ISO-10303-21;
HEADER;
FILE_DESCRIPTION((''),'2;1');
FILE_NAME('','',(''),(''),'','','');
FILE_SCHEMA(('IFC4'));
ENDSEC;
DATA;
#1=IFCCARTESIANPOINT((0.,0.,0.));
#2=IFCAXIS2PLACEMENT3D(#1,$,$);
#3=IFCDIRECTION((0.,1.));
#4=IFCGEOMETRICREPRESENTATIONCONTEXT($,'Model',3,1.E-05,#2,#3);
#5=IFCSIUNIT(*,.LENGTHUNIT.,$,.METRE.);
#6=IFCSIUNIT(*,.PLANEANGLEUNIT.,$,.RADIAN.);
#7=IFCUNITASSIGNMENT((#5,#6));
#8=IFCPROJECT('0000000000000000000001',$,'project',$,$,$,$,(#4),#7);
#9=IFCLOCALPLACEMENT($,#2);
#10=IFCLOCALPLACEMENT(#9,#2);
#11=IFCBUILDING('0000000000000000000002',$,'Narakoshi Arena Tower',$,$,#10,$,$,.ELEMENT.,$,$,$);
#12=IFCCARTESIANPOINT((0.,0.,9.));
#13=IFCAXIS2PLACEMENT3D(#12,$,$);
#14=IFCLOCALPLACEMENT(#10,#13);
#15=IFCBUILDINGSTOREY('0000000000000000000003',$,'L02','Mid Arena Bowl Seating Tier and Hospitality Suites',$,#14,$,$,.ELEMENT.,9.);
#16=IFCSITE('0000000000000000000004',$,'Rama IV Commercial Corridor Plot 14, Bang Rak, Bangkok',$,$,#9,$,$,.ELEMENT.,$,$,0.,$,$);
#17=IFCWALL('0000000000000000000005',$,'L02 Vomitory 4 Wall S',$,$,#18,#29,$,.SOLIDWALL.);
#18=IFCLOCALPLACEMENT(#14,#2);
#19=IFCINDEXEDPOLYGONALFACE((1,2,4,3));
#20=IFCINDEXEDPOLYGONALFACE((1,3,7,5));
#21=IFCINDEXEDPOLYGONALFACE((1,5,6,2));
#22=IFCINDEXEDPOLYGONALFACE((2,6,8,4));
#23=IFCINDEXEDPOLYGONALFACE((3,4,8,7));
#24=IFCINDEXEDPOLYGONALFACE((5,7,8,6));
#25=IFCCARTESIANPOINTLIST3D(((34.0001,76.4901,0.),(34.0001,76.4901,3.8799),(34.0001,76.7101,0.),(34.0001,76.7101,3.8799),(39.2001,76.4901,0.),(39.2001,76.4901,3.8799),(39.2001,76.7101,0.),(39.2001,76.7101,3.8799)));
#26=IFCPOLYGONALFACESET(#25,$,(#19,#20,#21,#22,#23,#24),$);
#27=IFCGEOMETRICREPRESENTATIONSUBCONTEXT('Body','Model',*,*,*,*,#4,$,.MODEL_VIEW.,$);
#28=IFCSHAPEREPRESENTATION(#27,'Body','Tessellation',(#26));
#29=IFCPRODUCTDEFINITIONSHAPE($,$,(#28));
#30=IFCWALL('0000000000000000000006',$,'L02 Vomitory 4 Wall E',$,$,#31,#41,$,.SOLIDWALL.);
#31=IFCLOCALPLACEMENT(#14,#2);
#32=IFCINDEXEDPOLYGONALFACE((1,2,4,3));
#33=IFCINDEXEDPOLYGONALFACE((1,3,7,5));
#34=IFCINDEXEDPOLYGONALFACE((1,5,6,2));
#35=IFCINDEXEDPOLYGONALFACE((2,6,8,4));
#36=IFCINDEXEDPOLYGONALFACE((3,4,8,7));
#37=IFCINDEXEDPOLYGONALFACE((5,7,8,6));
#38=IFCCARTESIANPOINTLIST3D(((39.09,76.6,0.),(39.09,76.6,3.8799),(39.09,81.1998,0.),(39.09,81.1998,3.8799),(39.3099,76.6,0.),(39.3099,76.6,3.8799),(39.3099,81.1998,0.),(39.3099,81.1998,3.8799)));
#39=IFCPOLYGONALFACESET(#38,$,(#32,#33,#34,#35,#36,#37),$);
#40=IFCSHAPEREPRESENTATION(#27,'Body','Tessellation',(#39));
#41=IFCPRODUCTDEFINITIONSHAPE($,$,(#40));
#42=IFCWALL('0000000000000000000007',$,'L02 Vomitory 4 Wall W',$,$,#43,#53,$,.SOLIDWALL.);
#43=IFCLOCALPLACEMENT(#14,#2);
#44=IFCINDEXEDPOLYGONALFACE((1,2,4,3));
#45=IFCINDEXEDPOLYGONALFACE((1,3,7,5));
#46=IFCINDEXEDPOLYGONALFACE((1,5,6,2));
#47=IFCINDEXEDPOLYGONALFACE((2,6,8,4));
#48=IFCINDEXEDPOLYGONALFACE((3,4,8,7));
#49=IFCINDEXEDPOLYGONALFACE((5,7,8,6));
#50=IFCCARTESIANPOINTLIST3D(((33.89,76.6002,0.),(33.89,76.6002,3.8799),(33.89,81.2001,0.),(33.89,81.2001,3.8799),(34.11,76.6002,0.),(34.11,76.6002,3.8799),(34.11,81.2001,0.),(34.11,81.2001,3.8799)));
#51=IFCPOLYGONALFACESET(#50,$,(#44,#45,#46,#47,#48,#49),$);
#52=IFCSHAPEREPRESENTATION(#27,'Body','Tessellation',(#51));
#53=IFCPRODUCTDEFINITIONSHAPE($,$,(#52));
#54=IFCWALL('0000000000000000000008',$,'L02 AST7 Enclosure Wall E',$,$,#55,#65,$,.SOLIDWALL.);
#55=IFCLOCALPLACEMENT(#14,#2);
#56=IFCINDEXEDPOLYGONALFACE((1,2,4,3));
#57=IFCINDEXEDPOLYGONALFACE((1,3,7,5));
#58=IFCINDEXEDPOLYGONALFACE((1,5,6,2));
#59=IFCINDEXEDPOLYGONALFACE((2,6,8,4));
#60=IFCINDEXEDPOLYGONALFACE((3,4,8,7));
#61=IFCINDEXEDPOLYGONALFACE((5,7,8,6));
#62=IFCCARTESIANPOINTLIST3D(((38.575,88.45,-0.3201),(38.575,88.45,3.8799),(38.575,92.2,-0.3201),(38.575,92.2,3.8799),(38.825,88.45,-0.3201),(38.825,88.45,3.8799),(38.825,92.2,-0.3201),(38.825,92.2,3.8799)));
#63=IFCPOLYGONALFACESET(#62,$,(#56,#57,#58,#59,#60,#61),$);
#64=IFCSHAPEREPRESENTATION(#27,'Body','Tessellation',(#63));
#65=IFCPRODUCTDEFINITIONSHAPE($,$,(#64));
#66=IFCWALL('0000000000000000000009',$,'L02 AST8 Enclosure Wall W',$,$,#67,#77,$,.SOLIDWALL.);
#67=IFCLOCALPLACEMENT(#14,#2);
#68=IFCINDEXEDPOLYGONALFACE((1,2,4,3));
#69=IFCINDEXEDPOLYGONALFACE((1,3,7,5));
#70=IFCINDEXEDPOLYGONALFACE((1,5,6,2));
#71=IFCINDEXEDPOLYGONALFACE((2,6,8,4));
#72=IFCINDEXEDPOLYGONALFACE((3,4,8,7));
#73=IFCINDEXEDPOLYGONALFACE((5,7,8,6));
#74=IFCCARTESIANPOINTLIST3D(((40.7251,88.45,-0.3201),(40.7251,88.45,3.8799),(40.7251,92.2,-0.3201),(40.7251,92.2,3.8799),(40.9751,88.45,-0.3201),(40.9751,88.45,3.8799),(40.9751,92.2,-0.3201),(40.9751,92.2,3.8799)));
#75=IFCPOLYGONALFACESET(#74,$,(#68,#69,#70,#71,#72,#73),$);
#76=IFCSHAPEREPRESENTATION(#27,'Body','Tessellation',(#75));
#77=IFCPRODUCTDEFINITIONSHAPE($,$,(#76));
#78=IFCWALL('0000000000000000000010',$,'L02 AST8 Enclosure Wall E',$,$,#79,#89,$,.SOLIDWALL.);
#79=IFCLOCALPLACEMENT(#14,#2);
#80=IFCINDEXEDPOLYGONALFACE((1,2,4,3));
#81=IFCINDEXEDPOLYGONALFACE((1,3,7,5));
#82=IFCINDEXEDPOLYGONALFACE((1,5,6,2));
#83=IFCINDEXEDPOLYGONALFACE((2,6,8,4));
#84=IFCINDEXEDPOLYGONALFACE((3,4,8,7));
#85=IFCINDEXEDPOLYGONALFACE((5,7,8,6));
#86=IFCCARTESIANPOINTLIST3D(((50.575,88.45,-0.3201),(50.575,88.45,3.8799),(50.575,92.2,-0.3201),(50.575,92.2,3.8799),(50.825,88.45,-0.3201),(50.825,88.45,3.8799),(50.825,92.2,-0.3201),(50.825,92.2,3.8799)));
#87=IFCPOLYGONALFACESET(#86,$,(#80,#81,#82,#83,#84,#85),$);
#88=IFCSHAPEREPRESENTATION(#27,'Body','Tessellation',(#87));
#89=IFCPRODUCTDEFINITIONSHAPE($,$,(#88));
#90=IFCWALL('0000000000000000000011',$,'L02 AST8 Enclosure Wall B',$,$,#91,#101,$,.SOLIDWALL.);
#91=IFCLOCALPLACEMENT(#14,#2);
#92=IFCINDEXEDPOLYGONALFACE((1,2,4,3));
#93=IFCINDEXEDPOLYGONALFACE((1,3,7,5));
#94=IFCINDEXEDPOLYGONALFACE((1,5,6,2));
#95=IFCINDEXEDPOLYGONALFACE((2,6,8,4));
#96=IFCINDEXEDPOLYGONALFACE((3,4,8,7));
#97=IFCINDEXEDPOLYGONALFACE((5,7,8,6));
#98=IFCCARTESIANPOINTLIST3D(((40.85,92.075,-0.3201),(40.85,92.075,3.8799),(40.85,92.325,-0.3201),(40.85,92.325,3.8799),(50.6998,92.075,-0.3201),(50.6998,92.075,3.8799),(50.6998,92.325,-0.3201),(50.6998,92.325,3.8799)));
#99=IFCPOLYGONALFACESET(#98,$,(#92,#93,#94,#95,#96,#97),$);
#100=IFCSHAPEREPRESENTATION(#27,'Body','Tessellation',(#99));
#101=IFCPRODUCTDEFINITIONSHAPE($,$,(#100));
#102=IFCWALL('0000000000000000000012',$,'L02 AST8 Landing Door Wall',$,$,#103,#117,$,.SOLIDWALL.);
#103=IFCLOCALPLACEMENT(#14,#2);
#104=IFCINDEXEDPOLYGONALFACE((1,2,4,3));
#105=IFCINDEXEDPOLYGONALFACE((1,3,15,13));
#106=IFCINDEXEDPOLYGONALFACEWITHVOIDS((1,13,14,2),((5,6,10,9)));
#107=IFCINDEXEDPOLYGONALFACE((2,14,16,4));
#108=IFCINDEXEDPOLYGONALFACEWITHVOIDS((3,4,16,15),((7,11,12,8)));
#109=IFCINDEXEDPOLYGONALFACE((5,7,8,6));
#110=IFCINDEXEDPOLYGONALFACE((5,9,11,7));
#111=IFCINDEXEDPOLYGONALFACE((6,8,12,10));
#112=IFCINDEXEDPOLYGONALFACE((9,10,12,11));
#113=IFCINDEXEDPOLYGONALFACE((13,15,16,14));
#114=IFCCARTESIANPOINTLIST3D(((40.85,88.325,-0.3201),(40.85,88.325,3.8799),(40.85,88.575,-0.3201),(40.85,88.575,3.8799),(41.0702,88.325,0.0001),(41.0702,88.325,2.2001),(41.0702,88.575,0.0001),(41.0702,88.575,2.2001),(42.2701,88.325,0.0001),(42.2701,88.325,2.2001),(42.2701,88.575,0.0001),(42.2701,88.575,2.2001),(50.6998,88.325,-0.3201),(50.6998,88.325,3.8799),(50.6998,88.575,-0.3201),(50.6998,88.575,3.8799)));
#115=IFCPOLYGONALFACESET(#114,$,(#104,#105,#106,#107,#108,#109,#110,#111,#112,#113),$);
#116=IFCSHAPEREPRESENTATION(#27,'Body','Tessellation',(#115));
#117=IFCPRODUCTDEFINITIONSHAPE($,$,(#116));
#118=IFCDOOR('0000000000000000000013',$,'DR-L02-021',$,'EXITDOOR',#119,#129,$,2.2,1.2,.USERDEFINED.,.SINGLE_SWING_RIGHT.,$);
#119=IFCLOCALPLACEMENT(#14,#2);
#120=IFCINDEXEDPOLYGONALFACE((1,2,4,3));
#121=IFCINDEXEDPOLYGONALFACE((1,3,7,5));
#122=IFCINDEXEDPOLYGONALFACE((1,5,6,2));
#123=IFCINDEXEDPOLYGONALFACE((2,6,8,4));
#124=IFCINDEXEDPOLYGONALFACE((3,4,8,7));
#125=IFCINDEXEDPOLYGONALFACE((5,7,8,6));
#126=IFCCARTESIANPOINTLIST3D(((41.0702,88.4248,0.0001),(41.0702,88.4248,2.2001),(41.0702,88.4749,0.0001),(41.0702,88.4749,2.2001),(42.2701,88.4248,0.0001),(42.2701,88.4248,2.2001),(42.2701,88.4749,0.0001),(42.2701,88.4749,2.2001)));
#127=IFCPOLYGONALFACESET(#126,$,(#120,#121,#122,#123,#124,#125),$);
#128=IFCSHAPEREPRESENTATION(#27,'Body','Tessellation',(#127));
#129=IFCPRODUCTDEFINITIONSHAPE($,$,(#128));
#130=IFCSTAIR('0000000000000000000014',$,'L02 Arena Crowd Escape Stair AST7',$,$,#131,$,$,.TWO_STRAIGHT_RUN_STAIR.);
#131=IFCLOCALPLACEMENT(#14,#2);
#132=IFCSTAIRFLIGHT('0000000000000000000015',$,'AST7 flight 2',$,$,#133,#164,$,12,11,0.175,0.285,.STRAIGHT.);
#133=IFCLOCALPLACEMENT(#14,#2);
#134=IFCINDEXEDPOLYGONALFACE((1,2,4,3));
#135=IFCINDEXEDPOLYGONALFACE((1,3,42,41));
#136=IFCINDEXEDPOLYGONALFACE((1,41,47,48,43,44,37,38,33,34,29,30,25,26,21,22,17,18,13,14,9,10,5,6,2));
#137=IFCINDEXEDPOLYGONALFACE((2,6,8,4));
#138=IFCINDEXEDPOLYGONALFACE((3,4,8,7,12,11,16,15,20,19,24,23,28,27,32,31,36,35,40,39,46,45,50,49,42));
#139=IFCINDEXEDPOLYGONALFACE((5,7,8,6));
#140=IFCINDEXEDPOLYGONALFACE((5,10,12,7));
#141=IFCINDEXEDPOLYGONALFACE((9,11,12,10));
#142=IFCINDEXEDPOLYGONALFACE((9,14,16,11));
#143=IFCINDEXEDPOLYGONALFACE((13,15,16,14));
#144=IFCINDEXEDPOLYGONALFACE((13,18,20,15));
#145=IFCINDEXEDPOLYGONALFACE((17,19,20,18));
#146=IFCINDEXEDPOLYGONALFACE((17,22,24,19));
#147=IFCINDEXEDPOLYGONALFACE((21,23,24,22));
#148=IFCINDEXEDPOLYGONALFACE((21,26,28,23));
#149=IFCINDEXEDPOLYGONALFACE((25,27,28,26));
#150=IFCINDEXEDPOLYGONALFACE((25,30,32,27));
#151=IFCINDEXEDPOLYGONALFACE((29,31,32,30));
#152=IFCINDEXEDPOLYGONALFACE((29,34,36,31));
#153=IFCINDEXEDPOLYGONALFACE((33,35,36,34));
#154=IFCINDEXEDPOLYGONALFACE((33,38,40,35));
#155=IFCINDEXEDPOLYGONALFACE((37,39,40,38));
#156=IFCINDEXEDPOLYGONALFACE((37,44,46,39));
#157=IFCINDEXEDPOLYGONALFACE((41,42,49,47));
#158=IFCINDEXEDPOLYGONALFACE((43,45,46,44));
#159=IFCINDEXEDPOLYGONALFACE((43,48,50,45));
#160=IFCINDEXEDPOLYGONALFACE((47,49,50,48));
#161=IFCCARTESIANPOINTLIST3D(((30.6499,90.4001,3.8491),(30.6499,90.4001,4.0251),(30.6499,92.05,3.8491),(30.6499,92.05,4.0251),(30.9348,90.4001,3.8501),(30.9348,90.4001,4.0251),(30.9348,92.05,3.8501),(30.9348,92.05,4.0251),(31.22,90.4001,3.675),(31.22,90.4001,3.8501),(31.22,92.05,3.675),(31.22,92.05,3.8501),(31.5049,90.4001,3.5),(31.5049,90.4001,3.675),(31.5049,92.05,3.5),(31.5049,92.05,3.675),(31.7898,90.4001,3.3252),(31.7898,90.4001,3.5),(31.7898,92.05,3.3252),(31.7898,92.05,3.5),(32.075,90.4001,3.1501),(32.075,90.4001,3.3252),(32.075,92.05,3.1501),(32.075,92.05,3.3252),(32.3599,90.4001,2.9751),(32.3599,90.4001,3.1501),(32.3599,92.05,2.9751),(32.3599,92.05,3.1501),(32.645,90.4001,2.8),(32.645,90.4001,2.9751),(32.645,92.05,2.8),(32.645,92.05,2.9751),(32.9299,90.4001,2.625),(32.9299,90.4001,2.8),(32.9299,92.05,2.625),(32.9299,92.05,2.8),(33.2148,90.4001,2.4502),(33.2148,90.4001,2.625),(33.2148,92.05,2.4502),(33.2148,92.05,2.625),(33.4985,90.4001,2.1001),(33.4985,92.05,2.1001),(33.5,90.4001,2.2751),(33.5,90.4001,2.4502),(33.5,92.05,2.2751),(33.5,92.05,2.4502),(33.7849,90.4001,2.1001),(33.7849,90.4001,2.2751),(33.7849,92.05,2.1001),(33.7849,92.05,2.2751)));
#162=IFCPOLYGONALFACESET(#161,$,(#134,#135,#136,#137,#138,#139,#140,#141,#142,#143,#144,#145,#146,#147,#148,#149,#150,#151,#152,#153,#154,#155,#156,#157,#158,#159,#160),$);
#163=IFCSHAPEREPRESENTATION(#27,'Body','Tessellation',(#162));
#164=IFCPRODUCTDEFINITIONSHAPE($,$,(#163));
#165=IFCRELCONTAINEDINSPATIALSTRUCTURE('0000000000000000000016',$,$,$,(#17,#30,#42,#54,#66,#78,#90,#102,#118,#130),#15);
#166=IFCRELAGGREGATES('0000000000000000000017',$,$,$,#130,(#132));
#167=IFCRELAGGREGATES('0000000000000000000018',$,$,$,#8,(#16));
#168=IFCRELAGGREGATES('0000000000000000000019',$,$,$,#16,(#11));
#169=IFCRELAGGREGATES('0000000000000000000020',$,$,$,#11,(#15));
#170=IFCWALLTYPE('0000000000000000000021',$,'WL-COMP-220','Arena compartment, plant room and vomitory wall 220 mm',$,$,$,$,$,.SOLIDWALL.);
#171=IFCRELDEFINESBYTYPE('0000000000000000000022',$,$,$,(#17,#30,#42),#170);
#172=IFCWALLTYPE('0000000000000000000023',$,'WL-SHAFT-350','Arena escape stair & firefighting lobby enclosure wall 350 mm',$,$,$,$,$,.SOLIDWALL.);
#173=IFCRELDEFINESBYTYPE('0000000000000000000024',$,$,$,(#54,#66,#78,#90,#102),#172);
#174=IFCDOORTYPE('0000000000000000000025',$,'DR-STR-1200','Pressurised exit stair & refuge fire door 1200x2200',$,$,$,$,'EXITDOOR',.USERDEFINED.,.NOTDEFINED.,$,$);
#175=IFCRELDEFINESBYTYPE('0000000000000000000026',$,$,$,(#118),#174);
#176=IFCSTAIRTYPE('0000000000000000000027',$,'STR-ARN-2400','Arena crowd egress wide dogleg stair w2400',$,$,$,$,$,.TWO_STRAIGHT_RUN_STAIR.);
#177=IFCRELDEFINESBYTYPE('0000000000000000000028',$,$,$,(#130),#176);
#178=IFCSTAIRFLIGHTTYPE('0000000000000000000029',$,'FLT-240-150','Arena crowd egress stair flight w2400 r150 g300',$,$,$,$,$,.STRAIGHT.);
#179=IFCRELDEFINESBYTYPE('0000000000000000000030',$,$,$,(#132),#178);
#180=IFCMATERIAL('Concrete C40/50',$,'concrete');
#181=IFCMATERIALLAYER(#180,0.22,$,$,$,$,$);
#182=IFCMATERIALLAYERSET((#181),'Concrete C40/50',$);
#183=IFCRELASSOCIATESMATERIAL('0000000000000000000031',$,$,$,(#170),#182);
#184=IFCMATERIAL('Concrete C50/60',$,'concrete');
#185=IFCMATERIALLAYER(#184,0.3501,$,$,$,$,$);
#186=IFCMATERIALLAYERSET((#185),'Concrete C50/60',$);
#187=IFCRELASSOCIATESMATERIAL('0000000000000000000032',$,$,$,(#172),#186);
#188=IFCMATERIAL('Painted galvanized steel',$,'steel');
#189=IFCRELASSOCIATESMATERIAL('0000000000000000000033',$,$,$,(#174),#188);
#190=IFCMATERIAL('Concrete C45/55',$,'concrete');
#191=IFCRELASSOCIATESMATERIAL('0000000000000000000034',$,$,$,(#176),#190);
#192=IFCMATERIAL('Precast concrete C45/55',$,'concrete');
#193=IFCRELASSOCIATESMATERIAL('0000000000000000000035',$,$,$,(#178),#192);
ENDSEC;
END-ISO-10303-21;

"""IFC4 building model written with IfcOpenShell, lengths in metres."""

from ifc_helpers import new_model, si_unit, direction, frame, frame_2d, origin, place, context, subcontext, project, spatial, polyline, rectangle, outline, extrude, material, layer, layer_set, type_object, element, fill, aggregate, save


model = new_model("IFC4")

# Units and contexts
model_context = context("Model", 3, precision=1e-05, world=origin(), true_north=direction((0.0, 1.0)))
body_context = subcontext(model_context, "Body", "Model", "MODEL_VIEW")
ifc_project = project(units=[si_unit("LENGTHUNIT", "METRE"), si_unit("PLANEANGLEUNIT", "RADIAN")], contexts=[model_context])

# Site, building, storey
site_placement = place(None, origin())
site = spatial("IfcSite", under=ifc_project, at=site_placement, Name="Rama IV Commercial Corridor Plot 14, Bang Rak, Bangkok", CompositionType="ELEMENT", RefElevation=0.0)
building_placement = place(site_placement, origin())
building = spatial("IfcBuilding", under=site, at=building_placement, Name="Narakoshi Arena Tower", CompositionType="ELEMENT")
storey_placement = place(building_placement, frame((0.0, 0.0, 9.0)))
storey = spatial("IfcBuildingStorey", under=building, at=storey_placement, Name="L02", Description="Mid Arena Bowl Seating Tier and Hospitality Suites", CompositionType="ELEMENT", Elevation=9.0)

# Walls
ifc_material_1 = material(Name="Concrete C40/50", Category="concrete")
ifc_layer_1 = layer(ifc_material_1, 0.22)
ifc_layer_set_1 = layer_set([ifc_layer_1], Name="Concrete C40/50")
wall_type_1 = type_object("IfcWallType", Name="WL-COMP-220", Description="Arena compartment, plant room and vomitory wall 220 mm", PredefinedType="SOLIDWALL", material=ifc_layer_set_1)
wall_1_placement = place(storey_placement, frame((34.0, 76.6001, 0.0), z_axis=(0.0, 0.0, 1.0), x_axis=(1.0, 0.0, 0.0)))
element("IfcWall", 1, at=wall_1_placement, inside=storey, type_object=wall_type_1, Name="L02 Vomitory 4 Wall S", PredefinedType="SOLIDWALL", context=body_context, shape_type="SweptSolid", body=[
    extrude(rectangle(XDim=5.2, YDim=0.22, at=frame_2d((2.6001, 0.0))), origin(), (0.0, 0.0, 1.0), 3.8799),
])
wall_2_placement = place(storey_placement, frame((39.2, 76.6001, 0.0), z_axis=(0.0, 0.0, 1.0), x_axis=(0.0, 1.0, 0.0)))
element("IfcWall", 2, at=wall_2_placement, inside=storey, type_object=wall_type_1, Name="L02 Vomitory 4 Wall E", PredefinedType="SOLIDWALL", context=body_context, shape_type="SweptSolid", body=[
    extrude(rectangle(XDim=4.5999, YDim=0.22, at=frame_2d((2.2998, 0.0))), origin(), (0.0, 0.0, 1.0), 3.8799),
])

# Shared definitions
ifc_material_2 = material(Name="Painted galvanized steel", Category="steel")

# Walls
wall_3_placement = place(storey_placement, frame((34.0, 81.2, 0.0), z_axis=(0.0, 0.0, 1.0), x_axis=(0.0, -1.0, 0.0)))
element("IfcWall", 3, at=wall_3_placement, inside=storey, type_object=wall_type_1, Name="L02 Vomitory 4 Wall W", PredefinedType="SOLIDWALL", context=body_context, shape_type="SweptSolid", body=[
    extrude(rectangle(XDim=4.5999, YDim=0.22, at=frame_2d((2.2998, 0.0))), origin(), (0.0, 0.0, 1.0), 3.8799),
])
ifc_material_3 = material(Name="Concrete C50/60", Category="concrete")
ifc_layer_2 = layer(ifc_material_3, 0.3501)
ifc_layer_set_2 = layer_set([ifc_layer_2], Name="Concrete C50/60")
wall_type_2 = type_object("IfcWallType", Name="WL-SHAFT-350", Description="Arena escape stair & firefighting lobby enclosure wall 350 mm", PredefinedType="SOLIDWALL", material=ifc_layer_set_2)
for number, where, z_axis, x_axis, name in (
    (4, (38.7, 88.45, -0.3201), (0.0, 0.0, 1.0), (0.0, 1.0, 0.0), "L02 AST7 Enclosure Wall E"),
    (5, (40.8501, 88.45, -0.3201), (0.0, 0.0, 1.0), (0.0, 1.0, 0.0), "L02 AST8 Enclosure Wall W"),
    (6, (50.7, 88.45, -0.3201), (0.0, 0.0, 1.0), (0.0, 1.0, 0.0), "L02 AST8 Enclosure Wall E"),
):
    element("IfcWall", number, at=place(storey_placement, frame(where, z_axis=z_axis, x_axis=x_axis)), inside=storey, type_object=wall_type_2, Name=name, PredefinedType="SOLIDWALL", context=body_context, shape_type="SweptSolid", body=[
        extrude(rectangle(XDim=3.75, YDim=0.25, at=frame_2d((1.875, 0.0))), origin(), (0.0, 0.0, 1.0), 4.2),
    ])
wall_4_placement = place(storey_placement, frame((40.8501, 92.2, -0.3201), z_axis=(0.0, 0.0, 1.0), x_axis=(1.0, 0.0, 0.0)))
element("IfcWall", 7, at=wall_4_placement, inside=storey, type_object=wall_type_2, Name="L02 AST8 Enclosure Wall B", PredefinedType="SOLIDWALL", context=body_context, shape_type="SweptSolid", body=[
    extrude(rectangle(XDim=9.8499, YDim=0.25, at=frame_2d((4.9248, 0.0))), origin(), (0.0, 0.0, 1.0), 4.2),
])

# Wall, opening, door
wall_5_placement = place(storey_placement, frame((40.8501, 88.45, -0.3201), z_axis=(0.0, 0.0, 1.0), x_axis=(1.0, 0.0, 0.0)))
wall_5 = element("IfcWall", 8, at=wall_5_placement, inside=storey, type_object=wall_type_2, Name="L02 AST8 Landing Door Wall", PredefinedType="SOLIDWALL", context=body_context, shape_type="SweptSolid", body=[
    extrude(rectangle(XDim=9.8499, YDim=0.25, at=frame_2d((4.9248, 0.0))), origin(), (0.0, 0.0, 1.0), 4.2),
])
opening_1_placement = place(wall_5_placement, frame((0.22, 0.0, 0.3201)))
opening_1 = element("IfcOpeningElement", 9, at=opening_1_placement, cuts=wall_5, PredefinedType="OPENING", context=body_context, shape_type="SweptSolid", body=[
    extrude(rectangle(XDim=1.2, YDim=2.2, at=frame_2d((0.6001, 1.1001))), frame((0.0, 0.135, 0.0), z_axis=(0.0, -1.0, 0.0), x_axis=(1.0, 0.0, 0.0)), (0.0, 0.0, 1.0), 0.27),
])
door_type_1 = type_object("IfcDoorType", Name="DR-STR-1200", Description="Pressurised exit stair & refuge fire door 1200x2200", ElementType="EXITDOOR", OperationType="NOTDEFINED", PredefinedType="USERDEFINED", material=ifc_material_2)
door_1_placement = place(opening_1_placement, origin())
door_1 = element("IfcDoor", 10, at=door_1_placement, inside=storey, type_object=door_type_1, Name="DR-L02-021", ObjectType="EXITDOOR", OperationType="SINGLE_SWING_RIGHT", OverallHeight=2.2, OverallWidth=1.2, PredefinedType="USERDEFINED", context=body_context, shape_type="SweptSolid", body=[
    extrude(rectangle(XDim=1.2, YDim=2.2, at=frame_2d((0.6001, 1.1001))), frame((0.0, 0.0249, 0.0), z_axis=(0.0, -1.0, 0.0), x_axis=(1.0, 0.0, 0.0)), (0.0, 0.0, 1.0), 0.05),
])
fill(opening_1, door_1)

# Stair, stair flight
ifc_material_4 = material(Name="Concrete C45/55", Category="concrete")
stair_type = type_object("IfcStairType", Name="STR-ARN-2400", Description="Arena crowd egress wide dogleg stair w2400", PredefinedType="TWO_STRAIGHT_RUN_STAIR", material=ifc_material_4)
stair_1_placement = place(storey_placement, origin())
stair_1 = element("IfcStair", 11, at=stair_1_placement, inside=storey, type_object=stair_type, Name="L02 Arena Crowd Escape Stair AST7", PredefinedType="TWO_STRAIGHT_RUN_STAIR")
ifc_material_5 = material(Name="Precast concrete C45/55", Category="concrete")
stair_flight_type = type_object("IfcStairFlightType", Name="FLT-240-150", Description="Arena crowd egress stair flight w2400 r150 g300", PredefinedType="STRAIGHT", material=ifc_material_5)
stair_flight_1_placement = place(storey_placement, frame((33.7849, 91.2251, 2.1001), z_axis=(0.0, 0.0, 1.0), x_axis=(-1.0, 0.0, 0.0)))
stair_flight_1 = element("IfcStairFlight", 12, at=stair_flight_1_placement, type_object=stair_flight_type, Name="AST7 flight 2", NumberOfRisers=12, NumberOfTreads=11, PredefinedType="STRAIGHT", RiserHeight=0.175, TreadLength=0.285, context=body_context, shape_type="SweptSolid", body=[
    extrude(outline(polyline([(0.0, 0.0), (0.0, 0.175), (0.2849, 0.175), (0.2849, 0.3501), (0.5701, 0.3501), (0.5701, 0.5249), (0.855, 0.5249), (0.855, 0.7), (1.1399, 0.7), (1.1399, 0.875), (1.425, 0.875), (1.425, 1.05), (1.71, 1.05), (1.71, 1.2251), (1.9951, 1.2251), (1.9951, 1.3999), (2.28, 1.3999), (2.28, 1.575), (2.5649, 1.575), (2.5649, 1.75), (2.8501, 1.75), (2.8501, 1.925), (3.135, 1.925), (3.135, 2.1001), (3.135, 1.749), (0.2864, 0.0), (0.0, 0.0)])), frame((0.0, 0.825, 0.0), z_axis=(0.0, -1.0, 0.0), x_axis=(1.0, 0.0, 0.0)), (0.0, 0.0, 1.0), 1.6499),
])
aggregate(stair_1, [stair_flight_1])

save(model, "model.ifc")
